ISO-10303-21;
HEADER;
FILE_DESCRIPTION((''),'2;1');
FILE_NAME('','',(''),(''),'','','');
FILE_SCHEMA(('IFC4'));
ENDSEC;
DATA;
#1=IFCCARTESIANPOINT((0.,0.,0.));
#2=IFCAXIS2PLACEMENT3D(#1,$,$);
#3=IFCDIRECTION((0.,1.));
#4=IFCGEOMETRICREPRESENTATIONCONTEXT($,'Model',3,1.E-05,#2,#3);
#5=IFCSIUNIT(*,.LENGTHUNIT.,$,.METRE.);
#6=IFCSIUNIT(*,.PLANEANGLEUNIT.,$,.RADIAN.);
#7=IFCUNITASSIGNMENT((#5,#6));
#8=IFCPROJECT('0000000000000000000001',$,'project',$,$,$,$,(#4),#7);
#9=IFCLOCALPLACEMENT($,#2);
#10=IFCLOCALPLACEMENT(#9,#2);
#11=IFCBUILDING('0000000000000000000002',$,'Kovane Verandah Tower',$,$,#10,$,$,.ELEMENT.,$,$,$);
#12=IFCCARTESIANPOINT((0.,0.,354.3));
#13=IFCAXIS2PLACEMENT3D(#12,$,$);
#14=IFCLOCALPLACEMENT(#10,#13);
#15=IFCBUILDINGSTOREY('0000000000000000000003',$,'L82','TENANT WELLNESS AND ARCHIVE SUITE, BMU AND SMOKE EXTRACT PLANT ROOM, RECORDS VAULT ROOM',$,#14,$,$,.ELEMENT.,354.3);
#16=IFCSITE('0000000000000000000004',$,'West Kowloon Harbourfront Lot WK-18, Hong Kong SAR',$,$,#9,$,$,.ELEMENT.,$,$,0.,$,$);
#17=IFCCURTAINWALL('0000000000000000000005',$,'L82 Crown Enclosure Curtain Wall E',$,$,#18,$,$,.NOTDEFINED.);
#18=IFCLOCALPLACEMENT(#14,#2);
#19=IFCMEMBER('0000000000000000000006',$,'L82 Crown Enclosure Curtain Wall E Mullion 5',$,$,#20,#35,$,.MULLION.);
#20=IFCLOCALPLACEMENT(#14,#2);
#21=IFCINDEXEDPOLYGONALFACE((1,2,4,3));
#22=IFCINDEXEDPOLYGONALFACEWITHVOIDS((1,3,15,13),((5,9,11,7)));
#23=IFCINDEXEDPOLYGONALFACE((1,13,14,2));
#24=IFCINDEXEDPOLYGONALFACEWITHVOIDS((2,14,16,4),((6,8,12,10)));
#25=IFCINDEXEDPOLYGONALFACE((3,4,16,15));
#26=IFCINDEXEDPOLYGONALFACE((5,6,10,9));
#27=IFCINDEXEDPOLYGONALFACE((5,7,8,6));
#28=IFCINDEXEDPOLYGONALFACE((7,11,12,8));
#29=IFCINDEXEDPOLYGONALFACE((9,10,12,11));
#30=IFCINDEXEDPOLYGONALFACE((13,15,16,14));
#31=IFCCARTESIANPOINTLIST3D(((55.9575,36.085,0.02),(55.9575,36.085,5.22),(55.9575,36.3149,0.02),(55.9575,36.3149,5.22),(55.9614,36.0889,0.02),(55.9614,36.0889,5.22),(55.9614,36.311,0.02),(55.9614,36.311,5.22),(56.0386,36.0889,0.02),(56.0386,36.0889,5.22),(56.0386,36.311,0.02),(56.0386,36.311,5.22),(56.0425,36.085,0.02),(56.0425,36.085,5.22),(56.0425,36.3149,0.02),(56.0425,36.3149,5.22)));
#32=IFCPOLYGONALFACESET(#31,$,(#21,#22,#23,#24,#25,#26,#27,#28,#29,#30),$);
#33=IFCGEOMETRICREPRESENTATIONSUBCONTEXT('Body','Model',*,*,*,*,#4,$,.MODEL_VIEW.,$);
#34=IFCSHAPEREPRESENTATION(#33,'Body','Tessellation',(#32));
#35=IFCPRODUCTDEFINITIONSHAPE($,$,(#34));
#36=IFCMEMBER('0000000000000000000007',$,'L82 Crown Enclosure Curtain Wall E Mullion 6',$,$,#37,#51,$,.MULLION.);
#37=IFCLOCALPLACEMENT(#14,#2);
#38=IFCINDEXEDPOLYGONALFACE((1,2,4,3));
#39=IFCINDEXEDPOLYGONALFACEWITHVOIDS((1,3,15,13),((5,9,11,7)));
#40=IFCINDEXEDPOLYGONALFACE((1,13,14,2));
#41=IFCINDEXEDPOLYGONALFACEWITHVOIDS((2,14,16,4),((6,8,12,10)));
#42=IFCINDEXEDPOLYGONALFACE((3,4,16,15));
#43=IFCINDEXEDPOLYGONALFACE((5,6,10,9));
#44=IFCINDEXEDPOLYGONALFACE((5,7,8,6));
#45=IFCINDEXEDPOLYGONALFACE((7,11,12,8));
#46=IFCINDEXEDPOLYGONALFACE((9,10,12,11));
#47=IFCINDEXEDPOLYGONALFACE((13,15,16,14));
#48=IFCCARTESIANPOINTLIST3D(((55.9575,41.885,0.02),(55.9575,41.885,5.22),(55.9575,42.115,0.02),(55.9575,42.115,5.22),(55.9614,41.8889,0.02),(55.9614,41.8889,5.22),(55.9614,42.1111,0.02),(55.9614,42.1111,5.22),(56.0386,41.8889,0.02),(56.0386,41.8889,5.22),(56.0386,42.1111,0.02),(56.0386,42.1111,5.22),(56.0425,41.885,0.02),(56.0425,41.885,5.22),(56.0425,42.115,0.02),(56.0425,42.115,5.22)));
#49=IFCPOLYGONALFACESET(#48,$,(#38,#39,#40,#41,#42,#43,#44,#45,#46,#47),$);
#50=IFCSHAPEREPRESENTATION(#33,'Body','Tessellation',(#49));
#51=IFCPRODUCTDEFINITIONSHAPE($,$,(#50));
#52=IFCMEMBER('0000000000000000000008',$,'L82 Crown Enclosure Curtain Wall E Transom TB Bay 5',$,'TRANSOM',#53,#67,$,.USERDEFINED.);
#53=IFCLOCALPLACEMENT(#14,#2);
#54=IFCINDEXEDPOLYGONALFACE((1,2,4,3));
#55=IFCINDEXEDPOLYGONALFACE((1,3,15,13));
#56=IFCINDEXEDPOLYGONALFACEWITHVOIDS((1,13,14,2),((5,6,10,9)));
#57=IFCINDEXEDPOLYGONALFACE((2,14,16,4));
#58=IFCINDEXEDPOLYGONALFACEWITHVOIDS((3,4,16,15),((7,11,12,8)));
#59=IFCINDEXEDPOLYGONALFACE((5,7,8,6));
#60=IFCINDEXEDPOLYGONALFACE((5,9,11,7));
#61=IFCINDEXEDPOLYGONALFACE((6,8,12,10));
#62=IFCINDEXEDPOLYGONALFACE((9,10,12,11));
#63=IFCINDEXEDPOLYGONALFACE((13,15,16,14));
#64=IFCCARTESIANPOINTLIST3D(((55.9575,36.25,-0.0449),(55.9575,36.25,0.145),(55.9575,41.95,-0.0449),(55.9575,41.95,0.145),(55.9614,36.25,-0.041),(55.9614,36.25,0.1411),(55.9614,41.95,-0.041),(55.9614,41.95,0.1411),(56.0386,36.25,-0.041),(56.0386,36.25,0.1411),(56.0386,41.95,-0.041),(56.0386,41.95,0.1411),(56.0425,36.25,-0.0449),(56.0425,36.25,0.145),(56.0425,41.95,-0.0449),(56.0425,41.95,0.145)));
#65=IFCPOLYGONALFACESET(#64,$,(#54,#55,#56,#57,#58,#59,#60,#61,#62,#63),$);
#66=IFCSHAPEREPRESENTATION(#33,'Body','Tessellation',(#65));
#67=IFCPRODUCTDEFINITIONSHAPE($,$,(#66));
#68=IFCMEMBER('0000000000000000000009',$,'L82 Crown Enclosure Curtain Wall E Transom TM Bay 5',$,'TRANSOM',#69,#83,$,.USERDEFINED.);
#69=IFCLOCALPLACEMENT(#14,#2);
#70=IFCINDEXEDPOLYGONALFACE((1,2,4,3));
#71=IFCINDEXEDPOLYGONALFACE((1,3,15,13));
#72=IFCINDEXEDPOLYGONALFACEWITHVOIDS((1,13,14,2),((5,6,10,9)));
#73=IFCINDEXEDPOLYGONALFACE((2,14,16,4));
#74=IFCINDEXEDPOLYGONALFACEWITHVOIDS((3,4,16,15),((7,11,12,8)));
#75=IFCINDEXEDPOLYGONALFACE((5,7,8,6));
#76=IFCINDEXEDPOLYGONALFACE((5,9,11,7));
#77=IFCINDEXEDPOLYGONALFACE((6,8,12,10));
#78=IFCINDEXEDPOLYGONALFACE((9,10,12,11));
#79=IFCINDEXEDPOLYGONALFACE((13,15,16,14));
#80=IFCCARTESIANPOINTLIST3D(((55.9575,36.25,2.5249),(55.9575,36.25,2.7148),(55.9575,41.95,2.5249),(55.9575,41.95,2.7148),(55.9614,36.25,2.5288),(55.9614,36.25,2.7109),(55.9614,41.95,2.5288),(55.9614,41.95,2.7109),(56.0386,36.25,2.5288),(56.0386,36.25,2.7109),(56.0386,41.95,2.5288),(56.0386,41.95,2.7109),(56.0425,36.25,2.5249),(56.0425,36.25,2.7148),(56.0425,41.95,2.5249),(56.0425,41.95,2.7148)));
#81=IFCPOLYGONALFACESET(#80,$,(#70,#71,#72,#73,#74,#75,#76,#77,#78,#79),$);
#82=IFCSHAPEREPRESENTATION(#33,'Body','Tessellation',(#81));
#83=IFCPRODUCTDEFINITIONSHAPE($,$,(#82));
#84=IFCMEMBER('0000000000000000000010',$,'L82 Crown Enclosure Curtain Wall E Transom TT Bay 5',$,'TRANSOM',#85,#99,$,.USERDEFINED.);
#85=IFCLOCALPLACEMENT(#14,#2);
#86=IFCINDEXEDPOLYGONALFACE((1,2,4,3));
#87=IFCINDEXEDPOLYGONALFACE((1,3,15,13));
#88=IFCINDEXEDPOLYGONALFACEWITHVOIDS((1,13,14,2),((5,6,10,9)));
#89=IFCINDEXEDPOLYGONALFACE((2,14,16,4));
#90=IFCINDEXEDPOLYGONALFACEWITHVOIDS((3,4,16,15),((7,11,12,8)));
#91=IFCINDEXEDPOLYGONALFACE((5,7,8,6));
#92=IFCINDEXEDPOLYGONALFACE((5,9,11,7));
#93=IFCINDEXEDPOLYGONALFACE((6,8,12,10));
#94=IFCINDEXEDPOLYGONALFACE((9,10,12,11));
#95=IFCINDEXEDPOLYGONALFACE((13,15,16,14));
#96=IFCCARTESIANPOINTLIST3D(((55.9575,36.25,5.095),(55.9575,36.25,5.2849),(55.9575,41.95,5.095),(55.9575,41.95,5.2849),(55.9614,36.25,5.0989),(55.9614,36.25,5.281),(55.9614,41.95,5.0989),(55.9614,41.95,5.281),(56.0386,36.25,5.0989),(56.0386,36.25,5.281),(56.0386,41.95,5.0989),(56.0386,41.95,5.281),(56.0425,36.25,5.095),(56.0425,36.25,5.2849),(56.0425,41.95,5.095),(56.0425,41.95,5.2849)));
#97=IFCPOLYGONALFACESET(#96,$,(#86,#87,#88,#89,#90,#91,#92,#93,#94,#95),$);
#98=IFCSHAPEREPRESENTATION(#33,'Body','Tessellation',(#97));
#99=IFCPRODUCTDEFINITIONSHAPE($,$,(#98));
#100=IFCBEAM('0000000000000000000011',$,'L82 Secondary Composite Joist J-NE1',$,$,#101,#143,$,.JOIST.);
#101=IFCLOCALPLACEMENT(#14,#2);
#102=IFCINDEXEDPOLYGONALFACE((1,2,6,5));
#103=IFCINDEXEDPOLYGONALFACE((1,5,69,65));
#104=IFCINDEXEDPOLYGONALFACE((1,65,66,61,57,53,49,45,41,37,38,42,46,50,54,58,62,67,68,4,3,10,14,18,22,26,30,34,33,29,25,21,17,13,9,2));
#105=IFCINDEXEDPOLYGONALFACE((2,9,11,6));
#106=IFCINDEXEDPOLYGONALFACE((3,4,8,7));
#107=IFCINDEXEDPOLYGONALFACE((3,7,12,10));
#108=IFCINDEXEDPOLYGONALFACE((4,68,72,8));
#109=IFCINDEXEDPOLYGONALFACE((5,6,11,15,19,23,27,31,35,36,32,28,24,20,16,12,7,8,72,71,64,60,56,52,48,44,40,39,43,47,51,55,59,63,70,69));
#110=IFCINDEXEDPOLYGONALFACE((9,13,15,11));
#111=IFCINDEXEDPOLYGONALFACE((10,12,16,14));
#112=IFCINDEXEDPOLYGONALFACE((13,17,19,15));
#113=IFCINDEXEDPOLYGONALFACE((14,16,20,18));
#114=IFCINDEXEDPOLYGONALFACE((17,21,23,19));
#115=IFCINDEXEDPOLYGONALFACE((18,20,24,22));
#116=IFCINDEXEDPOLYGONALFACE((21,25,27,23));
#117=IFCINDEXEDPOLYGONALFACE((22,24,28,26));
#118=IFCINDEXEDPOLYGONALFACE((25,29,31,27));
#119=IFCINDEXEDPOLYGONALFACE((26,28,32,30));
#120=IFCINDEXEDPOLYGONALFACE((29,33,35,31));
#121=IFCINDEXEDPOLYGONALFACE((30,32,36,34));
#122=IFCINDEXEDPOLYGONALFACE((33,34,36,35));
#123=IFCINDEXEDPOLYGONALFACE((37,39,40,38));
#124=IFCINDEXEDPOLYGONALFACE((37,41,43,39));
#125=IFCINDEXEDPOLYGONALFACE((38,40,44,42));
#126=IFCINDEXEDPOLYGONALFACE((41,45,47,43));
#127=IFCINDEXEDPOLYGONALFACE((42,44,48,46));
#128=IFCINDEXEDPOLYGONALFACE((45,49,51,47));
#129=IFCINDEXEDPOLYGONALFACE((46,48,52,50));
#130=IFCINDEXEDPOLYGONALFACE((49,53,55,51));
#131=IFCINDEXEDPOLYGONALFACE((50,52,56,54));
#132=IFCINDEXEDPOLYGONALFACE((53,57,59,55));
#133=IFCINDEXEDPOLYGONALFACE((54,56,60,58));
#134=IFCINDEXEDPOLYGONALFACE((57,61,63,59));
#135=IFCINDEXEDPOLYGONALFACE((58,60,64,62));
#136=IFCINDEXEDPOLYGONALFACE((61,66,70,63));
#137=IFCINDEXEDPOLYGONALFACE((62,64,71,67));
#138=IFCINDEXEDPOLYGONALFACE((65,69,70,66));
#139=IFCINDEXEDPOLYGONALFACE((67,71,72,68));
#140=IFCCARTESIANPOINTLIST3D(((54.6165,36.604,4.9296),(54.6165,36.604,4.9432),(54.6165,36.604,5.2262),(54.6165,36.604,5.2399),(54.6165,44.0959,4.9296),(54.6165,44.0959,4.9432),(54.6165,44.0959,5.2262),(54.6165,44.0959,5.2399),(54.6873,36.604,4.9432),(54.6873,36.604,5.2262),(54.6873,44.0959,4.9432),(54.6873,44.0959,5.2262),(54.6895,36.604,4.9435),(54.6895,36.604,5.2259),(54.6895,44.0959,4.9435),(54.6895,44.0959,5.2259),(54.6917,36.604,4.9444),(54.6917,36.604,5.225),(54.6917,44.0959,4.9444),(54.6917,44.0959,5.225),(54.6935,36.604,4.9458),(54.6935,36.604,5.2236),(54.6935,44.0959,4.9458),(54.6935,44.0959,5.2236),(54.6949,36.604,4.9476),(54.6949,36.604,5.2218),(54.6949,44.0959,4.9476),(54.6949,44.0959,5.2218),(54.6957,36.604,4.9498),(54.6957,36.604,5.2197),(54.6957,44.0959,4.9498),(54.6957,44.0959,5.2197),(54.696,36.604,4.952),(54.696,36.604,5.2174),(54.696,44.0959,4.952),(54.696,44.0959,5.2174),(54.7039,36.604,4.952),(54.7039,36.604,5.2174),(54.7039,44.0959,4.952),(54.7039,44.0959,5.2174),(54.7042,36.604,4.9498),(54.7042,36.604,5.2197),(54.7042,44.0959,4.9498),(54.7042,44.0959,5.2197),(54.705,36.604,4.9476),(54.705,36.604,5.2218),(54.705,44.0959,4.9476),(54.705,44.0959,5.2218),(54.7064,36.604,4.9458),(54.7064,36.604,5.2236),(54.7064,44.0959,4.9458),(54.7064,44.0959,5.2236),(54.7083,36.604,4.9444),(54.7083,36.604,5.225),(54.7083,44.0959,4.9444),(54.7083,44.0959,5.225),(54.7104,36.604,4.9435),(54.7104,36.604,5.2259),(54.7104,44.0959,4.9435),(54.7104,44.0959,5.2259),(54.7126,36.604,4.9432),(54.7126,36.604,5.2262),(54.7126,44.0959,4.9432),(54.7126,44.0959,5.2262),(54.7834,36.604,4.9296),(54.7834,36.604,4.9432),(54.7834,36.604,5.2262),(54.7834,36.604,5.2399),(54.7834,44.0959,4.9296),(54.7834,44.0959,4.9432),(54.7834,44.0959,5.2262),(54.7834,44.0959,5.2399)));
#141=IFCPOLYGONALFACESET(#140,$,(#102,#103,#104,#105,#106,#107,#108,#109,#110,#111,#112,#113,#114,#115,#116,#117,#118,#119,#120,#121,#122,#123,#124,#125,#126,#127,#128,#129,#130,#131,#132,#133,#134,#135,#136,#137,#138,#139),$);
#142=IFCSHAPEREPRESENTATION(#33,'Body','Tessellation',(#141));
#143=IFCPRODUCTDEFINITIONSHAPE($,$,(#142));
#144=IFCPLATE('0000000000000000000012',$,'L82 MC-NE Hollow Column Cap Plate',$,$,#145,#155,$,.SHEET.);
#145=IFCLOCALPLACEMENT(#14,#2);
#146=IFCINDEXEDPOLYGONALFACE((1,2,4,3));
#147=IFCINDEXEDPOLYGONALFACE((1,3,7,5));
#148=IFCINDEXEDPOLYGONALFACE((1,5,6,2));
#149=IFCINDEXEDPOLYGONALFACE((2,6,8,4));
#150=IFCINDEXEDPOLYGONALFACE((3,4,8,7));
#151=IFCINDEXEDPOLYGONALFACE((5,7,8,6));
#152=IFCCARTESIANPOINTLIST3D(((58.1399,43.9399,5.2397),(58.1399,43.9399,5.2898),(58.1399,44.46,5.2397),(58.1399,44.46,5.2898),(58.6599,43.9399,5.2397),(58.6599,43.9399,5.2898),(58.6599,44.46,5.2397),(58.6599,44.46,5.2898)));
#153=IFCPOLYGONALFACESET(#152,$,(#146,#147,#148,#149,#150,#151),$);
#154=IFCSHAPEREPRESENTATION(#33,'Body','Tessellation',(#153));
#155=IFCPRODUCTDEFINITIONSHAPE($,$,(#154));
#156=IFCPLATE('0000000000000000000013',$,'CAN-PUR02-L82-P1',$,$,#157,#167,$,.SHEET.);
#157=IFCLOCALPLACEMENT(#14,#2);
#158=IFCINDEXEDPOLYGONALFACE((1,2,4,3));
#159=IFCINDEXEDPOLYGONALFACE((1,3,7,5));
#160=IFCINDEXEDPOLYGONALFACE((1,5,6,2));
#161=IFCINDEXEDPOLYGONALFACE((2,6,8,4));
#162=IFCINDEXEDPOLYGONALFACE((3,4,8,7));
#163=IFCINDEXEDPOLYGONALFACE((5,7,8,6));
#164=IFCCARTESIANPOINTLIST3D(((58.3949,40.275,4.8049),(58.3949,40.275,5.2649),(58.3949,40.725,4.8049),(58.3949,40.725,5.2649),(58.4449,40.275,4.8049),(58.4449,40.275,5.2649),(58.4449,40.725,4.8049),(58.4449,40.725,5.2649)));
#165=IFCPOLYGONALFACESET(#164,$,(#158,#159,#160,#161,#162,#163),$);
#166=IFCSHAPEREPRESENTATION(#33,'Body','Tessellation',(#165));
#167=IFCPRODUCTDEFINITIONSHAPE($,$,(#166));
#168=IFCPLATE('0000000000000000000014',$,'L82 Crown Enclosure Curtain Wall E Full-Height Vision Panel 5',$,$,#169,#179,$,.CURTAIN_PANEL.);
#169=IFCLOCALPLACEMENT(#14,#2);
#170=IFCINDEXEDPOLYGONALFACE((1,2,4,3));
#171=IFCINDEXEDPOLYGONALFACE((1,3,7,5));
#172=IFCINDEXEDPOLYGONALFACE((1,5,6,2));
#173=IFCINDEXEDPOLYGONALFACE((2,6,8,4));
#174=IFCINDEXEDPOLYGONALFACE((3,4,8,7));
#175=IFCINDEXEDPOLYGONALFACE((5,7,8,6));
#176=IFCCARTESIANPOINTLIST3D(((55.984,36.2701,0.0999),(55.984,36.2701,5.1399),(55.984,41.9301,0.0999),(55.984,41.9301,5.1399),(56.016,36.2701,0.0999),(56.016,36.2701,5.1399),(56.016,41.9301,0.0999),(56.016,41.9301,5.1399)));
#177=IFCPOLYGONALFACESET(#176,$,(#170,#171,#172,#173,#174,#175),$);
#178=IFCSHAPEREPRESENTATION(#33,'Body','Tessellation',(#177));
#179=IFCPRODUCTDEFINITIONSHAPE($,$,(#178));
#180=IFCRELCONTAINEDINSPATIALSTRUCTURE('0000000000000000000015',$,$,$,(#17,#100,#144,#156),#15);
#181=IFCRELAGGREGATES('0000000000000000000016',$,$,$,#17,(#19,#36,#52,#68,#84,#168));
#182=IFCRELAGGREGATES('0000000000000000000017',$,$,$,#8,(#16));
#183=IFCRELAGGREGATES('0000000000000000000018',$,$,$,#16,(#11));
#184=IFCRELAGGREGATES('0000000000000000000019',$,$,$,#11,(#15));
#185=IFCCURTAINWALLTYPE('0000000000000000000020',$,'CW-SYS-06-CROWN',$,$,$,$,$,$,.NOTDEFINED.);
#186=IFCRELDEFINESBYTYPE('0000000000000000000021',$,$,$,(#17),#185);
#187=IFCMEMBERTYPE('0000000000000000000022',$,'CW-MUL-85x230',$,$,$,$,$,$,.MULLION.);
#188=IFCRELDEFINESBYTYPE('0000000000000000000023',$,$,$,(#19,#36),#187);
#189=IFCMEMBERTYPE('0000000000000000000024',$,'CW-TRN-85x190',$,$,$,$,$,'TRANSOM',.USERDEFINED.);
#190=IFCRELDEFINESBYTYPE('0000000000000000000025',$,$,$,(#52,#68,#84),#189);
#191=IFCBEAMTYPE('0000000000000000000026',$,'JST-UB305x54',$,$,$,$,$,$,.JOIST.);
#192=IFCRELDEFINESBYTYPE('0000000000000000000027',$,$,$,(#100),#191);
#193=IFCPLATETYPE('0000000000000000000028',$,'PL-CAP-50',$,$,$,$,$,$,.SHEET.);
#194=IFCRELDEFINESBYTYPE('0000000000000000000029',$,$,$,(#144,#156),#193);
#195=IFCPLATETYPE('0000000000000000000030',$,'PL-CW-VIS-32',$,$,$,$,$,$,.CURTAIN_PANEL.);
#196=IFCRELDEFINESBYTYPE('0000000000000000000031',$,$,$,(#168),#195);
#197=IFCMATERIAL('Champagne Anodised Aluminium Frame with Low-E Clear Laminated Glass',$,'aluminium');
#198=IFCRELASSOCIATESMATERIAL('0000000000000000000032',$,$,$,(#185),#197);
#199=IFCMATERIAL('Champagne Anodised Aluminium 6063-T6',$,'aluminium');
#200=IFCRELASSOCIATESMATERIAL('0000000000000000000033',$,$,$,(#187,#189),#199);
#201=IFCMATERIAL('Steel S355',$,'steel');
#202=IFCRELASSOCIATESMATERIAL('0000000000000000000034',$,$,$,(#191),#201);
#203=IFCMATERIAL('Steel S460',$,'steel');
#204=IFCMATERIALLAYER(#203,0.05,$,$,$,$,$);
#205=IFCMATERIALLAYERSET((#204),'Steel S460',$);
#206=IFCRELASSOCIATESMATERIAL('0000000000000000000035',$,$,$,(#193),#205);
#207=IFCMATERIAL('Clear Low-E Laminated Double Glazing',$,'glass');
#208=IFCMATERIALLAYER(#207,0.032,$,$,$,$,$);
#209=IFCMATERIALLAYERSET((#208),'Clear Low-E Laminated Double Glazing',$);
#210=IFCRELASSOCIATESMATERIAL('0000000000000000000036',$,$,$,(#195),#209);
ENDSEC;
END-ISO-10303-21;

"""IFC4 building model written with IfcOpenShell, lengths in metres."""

from ifc_helpers import new_model, si_unit, direction, frame, origin, origin_2d, place, context, subcontext, project, spatial, rectangle, hollow_rectangle, i_section, extrude, material, layer, layer_set, material_profile, profile_set, type_object, element, aggregate, save


model = new_model("IFC4")

# Units and contexts
model_context = context("Model", 3, precision=1e-05, world=origin(), true_north=direction((0.0, 1.0)))
body_context = subcontext(model_context, "Body", "Model", "MODEL_VIEW")
ifc_project = project(units=[si_unit("LENGTHUNIT", "METRE"), si_unit("PLANEANGLEUNIT", "RADIAN")], contexts=[model_context])

# Site, building, storey
site_placement = place(None, origin())
site = spatial("IfcSite", under=ifc_project, at=site_placement, Name="West Kowloon Harbourfront Lot WK-18, Hong Kong SAR", CompositionType="ELEMENT", RefElevation=0.0)
building_placement = place(site_placement, origin())
building = spatial("IfcBuilding", under=site, at=building_placement, Name="Kovane Verandah Tower", CompositionType="ELEMENT")
storey_placement = place(building_placement, frame((0.0, 0.0, 354.3)))
storey = spatial("IfcBuildingStorey", under=building, at=storey_placement, Name="L82", Description="TENANT WELLNESS AND ARCHIVE SUITE, BMU AND SMOKE EXTRACT PLANT ROOM, RECORDS VAULT ROOM", CompositionType="ELEMENT", Elevation=354.3)

# Shared definitions
ifc_material_1 = material(Name="Steel S355", Category="steel")
ifc_material_2 = material(Name="Steel S460", Category="steel")

# Curtain wall, members
ifc_material_3 = material(Name="Champagne Anodised Aluminium Frame with Low-E Clear Laminated Glass", Category="aluminium")
curtain_wall_type = type_object("IfcCurtainWallType", Name="CW-SYS-06-CROWN", PredefinedType="NOTDEFINED", material=ifc_material_3)
curtain_wall_placement = place(storey_placement, origin())
curtain_wall = element("IfcCurtainWall", 1, at=curtain_wall_placement, inside=storey, type_object=curtain_wall_type, Name="L82 Crown Enclosure Curtain Wall E", PredefinedType="NOTDEFINED")
ifc_material_4 = material(Name="Champagne Anodised Aluminium 6063-T6", Category="aluminium")
ifc_material_profile_1 = material_profile(ifc_material_4, hollow_rectangle(XDim=0.085, YDim=0.23, WallThickness=0.0039, at=origin_2d()), Name="AL85x230x4")
ifc_profile_set_1 = profile_set([ifc_material_profile_1], Name="Champagne Anodised Aluminium 6063-T6")
member_type_1 = type_object("IfcMemberType", Name="CW-MUL-85x230", PredefinedType="MULLION", material=ifc_profile_set_1)
member_1_placement = place(storey_placement, frame((56.0, 36.2, 0.02), z_axis=(0.0, 0.0, 1.0), x_axis=(1.0, 0.0, 0.0)))
member_1 = element("IfcMember", 2, at=member_1_placement, type_object=member_type_1, Name="L82 Crown Enclosure Curtain Wall E Mullion 5", PredefinedType="MULLION", context=body_context, shape_type="SweptSolid", body=[
    extrude(hollow_rectangle(XDim=0.085, YDim=0.23, WallThickness=0.0039, at=origin_2d()), origin(), (0.0, 0.0, 1.0), 5.2),
])
member_2_placement = place(storey_placement, frame((56.0, 42.0, 0.02), z_axis=(0.0, 0.0, 1.0), x_axis=(1.0, 0.0, 0.0)))
member_2 = element("IfcMember", 3, at=member_2_placement, type_object=member_type_1, Name="L82 Crown Enclosure Curtain Wall E Mullion 6", PredefinedType="MULLION", context=body_context, shape_type="SweptSolid", body=[
    extrude(hollow_rectangle(XDim=0.085, YDim=0.23, WallThickness=0.0039, at=origin_2d()), origin(), (0.0, 0.0, 1.0), 5.2),
])
ifc_material_profile_2 = material_profile(ifc_material_4, hollow_rectangle(XDim=0.085, YDim=0.1899, WallThickness=0.0039, at=origin_2d()), Name="AL85x190x4")
ifc_profile_set_2 = profile_set([ifc_material_profile_2], Name="Champagne Anodised Aluminium 6063-T6")
member_type_2 = type_object("IfcMemberType", Name="CW-TRN-85x190", ElementType="TRANSOM", PredefinedType="USERDEFINED", material=ifc_profile_set_2)
member_3_placement = place(storey_placement, frame((56.0, 36.25, 0.05), z_axis=(0.0, 1.0, 0.0), x_axis=(-1.0, 0.0, 0.0)))
member_3 = element("IfcMember", 4, at=member_3_placement, type_object=member_type_2, Name="L82 Crown Enclosure Curtain Wall E Transom TB Bay 5", ObjectType="TRANSOM", PredefinedType="USERDEFINED", context=body_context, shape_type="SweptSolid", body=[
    extrude(hollow_rectangle(XDim=0.085, YDim=0.1899, WallThickness=0.0039, at=origin_2d()), origin(), (0.0, 0.0, 1.0), 5.7),
])
member_4_placement = place(storey_placement, frame((56.0, 36.25, 2.6199), z_axis=(0.0, 1.0, 0.0), x_axis=(-1.0, 0.0, 0.0)))
member_4 = element("IfcMember", 5, at=member_4_placement, type_object=member_type_2, Name="L82 Crown Enclosure Curtain Wall E Transom TM Bay 5", ObjectType="TRANSOM", PredefinedType="USERDEFINED", context=body_context, shape_type="SweptSolid", body=[
    extrude(hollow_rectangle(XDim=0.085, YDim=0.1899, WallThickness=0.0039, at=origin_2d()), origin(), (0.0, 0.0, 1.0), 5.7),
])
member_5_placement = place(storey_placement, frame((56.0, 36.25, 5.1899), z_axis=(0.0, 1.0, 0.0), x_axis=(-1.0, 0.0, 0.0)))
member_5 = element("IfcMember", 6, at=member_5_placement, type_object=member_type_2, Name="L82 Crown Enclosure Curtain Wall E Transom TT Bay 5", ObjectType="TRANSOM", PredefinedType="USERDEFINED", context=body_context, shape_type="SweptSolid", body=[
    extrude(hollow_rectangle(XDim=0.085, YDim=0.1899, WallThickness=0.0039, at=origin_2d()), origin(), (0.0, 0.0, 1.0), 5.7),
])

# Beam
ifc_material_profile_3 = material_profile(ifc_material_1, i_section(OverallWidth=0.167, OverallDepth=0.3103, WebThickness=0.0078, FlangeThickness=0.0137, FilletRadius=0.0088, at=origin_2d()), Name="UB305x165x54")
ifc_profile_set_3 = profile_set([ifc_material_profile_3], Name="Steel S355")
beam_type_1 = type_object("IfcBeamType", Name="JST-UB305x54", PredefinedType="JOIST", material=ifc_profile_set_3)
beam_1_placement = place(storey_placement, frame((54.7, 36.604, 5.0847), z_axis=(0.0, 1.0, 0.0), x_axis=(-1.0, 0.0, 0.0)))
element("IfcBeam", 7, at=beam_1_placement, inside=storey, type_object=beam_type_1, Name="L82 Secondary Composite Joist J-NE1", PredefinedType="JOIST", context=body_context, shape_type="SweptSolid", body=[
    extrude(i_section(OverallWidth=0.167, OverallDepth=0.3103, WebThickness=0.0078, FlangeThickness=0.0137, FilletRadius=0.0088, at=origin_2d()), origin(), (0.0, 0.0, 1.0), 7.4919),
])

# Plates
ifc_layer_1 = layer(ifc_material_2, 0.05)
ifc_layer_set_1 = layer_set([ifc_layer_1], Name="Steel S460")
plate_type_1 = type_object("IfcPlateType", Name="PL-CAP-50", PredefinedType="SHEET", material=ifc_layer_set_1)
plate_1_placement = place(storey_placement, frame((58.3999, 44.2, 5.2397), z_axis=(0.0, 0.0, 1.0), x_axis=(1.0, 0.0, 0.0)))
element("IfcPlate", 8, at=plate_1_placement, inside=storey, type_object=plate_type_1, Name="L82 MC-NE Hollow Column Cap Plate", PredefinedType="SHEET", context=body_context, shape_type="SweptSolid", body=[
    extrude(rectangle(XDim=0.52, YDim=0.52, at=origin_2d()), origin(), (0.0, 0.0, 1.0), 0.05),
])
plate_2_placement = place(storey_placement, frame((58.4199, 40.5, 4.8049), z_axis=(0.0, 0.0, 1.0), x_axis=(1.0, 0.0, 0.0)))
element("IfcPlate", 9, at=plate_2_placement, inside=storey, type_object=plate_type_1, Name="CAN-PUR02-L82-P1", PredefinedType="SHEET", context=body_context, shape_type="SweptSolid", body=[
    extrude(rectangle(XDim=0.05, YDim=0.45, at=origin_2d()), origin(), (0.0, 0.0, 1.0), 0.46),
])

# Plate
ifc_material_5 = material(Name="Clear Low-E Laminated Double Glazing", Category="glass")
ifc_layer_2 = layer(ifc_material_5, 0.032)
ifc_layer_set_2 = layer_set([ifc_layer_2], Name="Clear Low-E Laminated Double Glazing")
plate_type_2 = type_object("IfcPlateType", Name="PL-CW-VIS-32", PredefinedType="CURTAIN_PANEL", material=ifc_layer_set_2)
plate_3_placement = place(storey_placement, frame((56.0, 39.1001, 0.0999), z_axis=(0.0, 0.0, 1.0), x_axis=(0.0, 1.0, 0.0)))
plate_3 = element("IfcPlate", 10, at=plate_3_placement, type_object=plate_type_2, Name="L82 Crown Enclosure Curtain Wall E Full-Height Vision Panel 5", PredefinedType="CURTAIN_PANEL", context=body_context, shape_type="SweptSolid", body=[
    extrude(rectangle(XDim=5.6599, YDim=0.032, at=origin_2d()), origin(), (0.0, 0.0, 1.0), 5.04),
])
aggregate(curtain_wall, [member_1, member_2, member_3, member_4, member_5, plate_3])

save(model, "model.ifc")
